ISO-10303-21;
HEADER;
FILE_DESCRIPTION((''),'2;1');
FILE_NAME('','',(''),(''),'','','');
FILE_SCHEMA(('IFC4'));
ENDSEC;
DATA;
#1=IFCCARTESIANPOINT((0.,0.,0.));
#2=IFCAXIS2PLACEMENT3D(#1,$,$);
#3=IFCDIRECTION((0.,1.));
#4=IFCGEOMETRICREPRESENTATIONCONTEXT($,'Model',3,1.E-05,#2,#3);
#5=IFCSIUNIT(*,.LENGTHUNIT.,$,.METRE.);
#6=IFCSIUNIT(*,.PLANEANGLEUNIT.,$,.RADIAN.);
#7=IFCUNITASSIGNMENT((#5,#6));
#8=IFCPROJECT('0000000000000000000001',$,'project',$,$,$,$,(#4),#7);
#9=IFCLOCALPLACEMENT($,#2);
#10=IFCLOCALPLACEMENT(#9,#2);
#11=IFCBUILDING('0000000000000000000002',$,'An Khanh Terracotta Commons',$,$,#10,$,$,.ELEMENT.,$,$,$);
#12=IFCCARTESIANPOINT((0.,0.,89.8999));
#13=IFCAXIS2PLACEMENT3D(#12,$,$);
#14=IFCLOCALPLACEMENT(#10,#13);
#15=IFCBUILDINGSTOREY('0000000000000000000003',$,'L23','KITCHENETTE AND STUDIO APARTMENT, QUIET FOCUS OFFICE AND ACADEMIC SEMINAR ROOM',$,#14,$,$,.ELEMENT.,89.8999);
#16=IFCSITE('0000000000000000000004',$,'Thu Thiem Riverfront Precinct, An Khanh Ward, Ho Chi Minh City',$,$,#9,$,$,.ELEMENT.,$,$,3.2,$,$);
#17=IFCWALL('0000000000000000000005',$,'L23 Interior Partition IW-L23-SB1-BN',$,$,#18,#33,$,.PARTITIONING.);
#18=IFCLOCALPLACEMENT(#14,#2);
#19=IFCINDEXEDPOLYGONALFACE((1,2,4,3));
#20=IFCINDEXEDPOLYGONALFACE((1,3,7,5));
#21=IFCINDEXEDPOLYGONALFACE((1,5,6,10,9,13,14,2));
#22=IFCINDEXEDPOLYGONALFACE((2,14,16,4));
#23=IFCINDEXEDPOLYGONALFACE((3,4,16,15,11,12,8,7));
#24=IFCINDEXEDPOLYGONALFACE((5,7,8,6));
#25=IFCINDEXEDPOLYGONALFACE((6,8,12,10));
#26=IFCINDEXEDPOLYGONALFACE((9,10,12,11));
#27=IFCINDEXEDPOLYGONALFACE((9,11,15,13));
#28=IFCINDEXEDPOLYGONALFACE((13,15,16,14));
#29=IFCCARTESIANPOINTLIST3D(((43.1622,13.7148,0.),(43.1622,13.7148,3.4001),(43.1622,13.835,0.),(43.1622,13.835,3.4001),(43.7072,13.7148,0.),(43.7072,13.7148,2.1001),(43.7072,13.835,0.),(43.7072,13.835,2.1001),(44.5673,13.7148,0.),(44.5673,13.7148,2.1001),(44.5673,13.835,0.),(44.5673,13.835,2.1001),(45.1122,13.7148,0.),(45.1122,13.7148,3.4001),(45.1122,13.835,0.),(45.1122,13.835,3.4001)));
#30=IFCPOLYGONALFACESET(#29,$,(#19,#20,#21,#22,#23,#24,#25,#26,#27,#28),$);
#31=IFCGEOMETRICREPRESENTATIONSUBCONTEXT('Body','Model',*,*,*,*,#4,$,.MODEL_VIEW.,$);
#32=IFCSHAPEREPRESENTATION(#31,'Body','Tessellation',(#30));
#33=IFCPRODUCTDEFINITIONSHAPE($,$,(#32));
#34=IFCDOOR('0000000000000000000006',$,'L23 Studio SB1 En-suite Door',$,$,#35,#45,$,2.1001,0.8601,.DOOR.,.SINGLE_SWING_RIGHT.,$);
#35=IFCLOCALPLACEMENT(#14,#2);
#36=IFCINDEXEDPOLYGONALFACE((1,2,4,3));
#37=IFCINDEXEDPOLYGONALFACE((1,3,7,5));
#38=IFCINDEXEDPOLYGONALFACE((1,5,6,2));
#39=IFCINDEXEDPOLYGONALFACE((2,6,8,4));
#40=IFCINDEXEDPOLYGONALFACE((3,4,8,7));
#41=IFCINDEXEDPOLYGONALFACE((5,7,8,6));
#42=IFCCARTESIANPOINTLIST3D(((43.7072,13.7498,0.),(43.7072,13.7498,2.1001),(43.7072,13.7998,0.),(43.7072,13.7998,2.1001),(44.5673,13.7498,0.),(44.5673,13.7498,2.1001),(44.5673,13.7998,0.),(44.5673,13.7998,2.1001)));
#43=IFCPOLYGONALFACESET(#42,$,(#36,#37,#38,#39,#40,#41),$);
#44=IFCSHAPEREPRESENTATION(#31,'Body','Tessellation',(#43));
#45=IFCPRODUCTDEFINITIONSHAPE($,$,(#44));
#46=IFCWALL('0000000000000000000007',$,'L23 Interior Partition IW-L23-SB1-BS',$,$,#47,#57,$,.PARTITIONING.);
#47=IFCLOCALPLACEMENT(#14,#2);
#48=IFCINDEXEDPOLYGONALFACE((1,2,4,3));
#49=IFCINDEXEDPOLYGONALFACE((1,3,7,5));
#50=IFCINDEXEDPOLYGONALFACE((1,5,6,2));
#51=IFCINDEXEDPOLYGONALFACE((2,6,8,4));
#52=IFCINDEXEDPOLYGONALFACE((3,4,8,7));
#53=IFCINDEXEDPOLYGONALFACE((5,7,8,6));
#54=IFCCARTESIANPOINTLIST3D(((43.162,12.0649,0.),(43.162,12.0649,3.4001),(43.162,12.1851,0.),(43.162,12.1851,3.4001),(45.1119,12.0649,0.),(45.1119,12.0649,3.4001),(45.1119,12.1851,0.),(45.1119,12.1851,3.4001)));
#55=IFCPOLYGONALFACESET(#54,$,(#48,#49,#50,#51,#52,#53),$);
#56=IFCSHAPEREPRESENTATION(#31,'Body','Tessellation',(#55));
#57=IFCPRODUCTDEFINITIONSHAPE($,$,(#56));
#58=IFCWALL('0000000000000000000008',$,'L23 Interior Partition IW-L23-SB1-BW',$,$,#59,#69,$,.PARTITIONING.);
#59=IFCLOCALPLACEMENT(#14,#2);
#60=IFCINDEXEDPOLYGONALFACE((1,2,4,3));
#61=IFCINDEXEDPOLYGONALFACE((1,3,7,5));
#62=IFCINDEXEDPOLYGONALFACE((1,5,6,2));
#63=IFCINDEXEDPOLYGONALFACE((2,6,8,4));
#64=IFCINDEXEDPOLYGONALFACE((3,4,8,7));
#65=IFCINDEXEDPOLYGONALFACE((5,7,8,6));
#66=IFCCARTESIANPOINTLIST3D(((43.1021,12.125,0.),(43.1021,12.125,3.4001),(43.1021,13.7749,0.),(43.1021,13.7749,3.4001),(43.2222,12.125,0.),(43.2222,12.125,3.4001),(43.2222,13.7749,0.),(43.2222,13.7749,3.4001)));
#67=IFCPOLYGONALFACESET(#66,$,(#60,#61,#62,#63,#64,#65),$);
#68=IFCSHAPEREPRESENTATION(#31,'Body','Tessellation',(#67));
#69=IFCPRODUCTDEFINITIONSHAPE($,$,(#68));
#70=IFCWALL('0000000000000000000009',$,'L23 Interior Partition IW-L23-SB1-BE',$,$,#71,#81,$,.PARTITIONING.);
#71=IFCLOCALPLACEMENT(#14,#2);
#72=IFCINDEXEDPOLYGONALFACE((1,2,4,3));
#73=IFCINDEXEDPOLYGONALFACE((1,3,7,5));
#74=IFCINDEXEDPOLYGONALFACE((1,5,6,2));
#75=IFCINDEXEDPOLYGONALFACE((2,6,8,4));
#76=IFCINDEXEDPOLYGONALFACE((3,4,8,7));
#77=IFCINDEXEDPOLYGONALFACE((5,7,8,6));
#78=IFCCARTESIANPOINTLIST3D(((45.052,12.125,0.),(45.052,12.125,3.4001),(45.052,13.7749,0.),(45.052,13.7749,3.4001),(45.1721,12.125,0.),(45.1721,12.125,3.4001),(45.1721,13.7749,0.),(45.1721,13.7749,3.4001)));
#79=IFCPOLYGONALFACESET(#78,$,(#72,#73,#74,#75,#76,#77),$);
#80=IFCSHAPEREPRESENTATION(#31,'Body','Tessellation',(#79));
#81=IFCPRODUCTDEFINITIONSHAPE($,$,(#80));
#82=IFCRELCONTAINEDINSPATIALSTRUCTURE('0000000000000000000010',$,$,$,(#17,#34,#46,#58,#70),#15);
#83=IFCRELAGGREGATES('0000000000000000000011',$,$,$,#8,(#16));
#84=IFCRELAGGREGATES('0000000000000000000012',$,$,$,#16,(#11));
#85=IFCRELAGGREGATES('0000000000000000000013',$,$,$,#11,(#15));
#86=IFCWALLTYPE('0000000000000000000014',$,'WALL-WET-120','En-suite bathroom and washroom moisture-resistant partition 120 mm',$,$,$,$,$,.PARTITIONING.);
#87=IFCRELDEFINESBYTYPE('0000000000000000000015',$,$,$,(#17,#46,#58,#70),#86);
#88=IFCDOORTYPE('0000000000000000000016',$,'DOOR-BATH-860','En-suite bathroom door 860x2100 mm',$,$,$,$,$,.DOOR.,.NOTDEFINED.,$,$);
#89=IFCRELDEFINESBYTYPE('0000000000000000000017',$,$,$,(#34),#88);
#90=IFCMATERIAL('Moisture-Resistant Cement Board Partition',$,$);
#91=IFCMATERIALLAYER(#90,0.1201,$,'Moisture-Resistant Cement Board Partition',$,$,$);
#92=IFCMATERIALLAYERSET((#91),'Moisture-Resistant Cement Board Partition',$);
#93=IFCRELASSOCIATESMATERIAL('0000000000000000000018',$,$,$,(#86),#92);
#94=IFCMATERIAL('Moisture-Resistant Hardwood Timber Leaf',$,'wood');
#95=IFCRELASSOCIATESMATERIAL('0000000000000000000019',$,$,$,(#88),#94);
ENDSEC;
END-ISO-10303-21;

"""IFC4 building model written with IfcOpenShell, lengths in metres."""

from ifc_helpers import new_model, si_unit, direction, frame, frame_2d, origin, place, context, subcontext, project, spatial, rectangle, extrude, material, layer, layer_set, type_object, element, fill, save


model = new_model("IFC4")

# Units and contexts
model_context = context("Model", 3, precision=1e-05, world=origin(), true_north=direction((0.0, 1.0)))
body_context = subcontext(model_context, "Body", "Model", "MODEL_VIEW")
ifc_project = project(units=[si_unit("LENGTHUNIT", "METRE"), si_unit("PLANEANGLEUNIT", "RADIAN")], contexts=[model_context])

# Site, building, storey
site_placement = place(None, origin())
site = spatial("IfcSite", under=ifc_project, at=site_placement, Name="Thu Thiem Riverfront Precinct, An Khanh Ward, Ho Chi Minh City", CompositionType="ELEMENT", RefElevation=3.2)
building_placement = place(site_placement, origin())
building = spatial("IfcBuilding", under=site, at=building_placement, Name="An Khanh Terracotta Commons", CompositionType="ELEMENT")
storey_placement = place(building_placement, frame((0.0, 0.0, 89.8999)))
storey = spatial("IfcBuildingStorey", under=building, at=storey_placement, Name="L23", Description="KITCHENETTE AND STUDIO APARTMENT, QUIET FOCUS OFFICE AND ACADEMIC SEMINAR ROOM", CompositionType="ELEMENT", Elevation=89.8999)

# Wall, opening, door
ifc_material_1 = material(Name="Moisture-Resistant Cement Board Partition")
ifc_layer_1 = layer(ifc_material_1, 0.1201, Name="Moisture-Resistant Cement Board Partition")
ifc_layer_set_1 = layer_set([ifc_layer_1], Name="Moisture-Resistant Cement Board Partition")
wall_type_1 = type_object("IfcWallType", Name="WALL-WET-120", Description="En-suite bathroom and washroom moisture-resistant partition 120 mm", PredefinedType="PARTITIONING", material=ifc_layer_set_1)
wall_1_placement = place(storey_placement, frame((43.1621, 13.7749, 0.0), z_axis=(0.0, 0.0, 1.0), x_axis=(1.0, 0.0, 0.0)))
wall_1 = element("IfcWall", 1, at=wall_1_placement, inside=storey, type_object=wall_type_1, Name="L23 Interior Partition IW-L23-SB1-BN", PredefinedType="PARTITIONING", context=body_context, shape_type="SweptSolid", body=[
    extrude(rectangle(XDim=1.95, YDim=0.1201, at=frame_2d((0.9751, 0.0))), origin(), (0.0, 0.0, 1.0), 3.4001),
])
opening_1_placement = place(wall_1_placement, frame((0.5449, 0.0, 0.0)))
opening_1 = element("IfcOpeningElement", 2, at=opening_1_placement, cuts=wall_1, PredefinedType="OPENING", context=body_context, shape_type="SweptSolid", body=[
    extrude(rectangle(XDim=0.8601, YDim=2.1001, at=frame_2d((0.4302, 1.05))), frame((0.0, 0.0701, 0.0), z_axis=(0.0, -1.0, 0.0), x_axis=(1.0, 0.0, 0.0)), (0.0, 0.0, 1.0), 0.1401),
])
ifc_material_2 = material(Name="Moisture-Resistant Hardwood Timber Leaf", Category="wood")
door_type_1 = type_object("IfcDoorType", Name="DOOR-BATH-860", Description="En-suite bathroom door 860x2100 mm", OperationType="NOTDEFINED", PredefinedType="DOOR", material=ifc_material_2)
door_1_placement = place(opening_1_placement, origin())
door_1 = element("IfcDoor", 3, at=door_1_placement, inside=storey, type_object=door_type_1, Name="L23 Studio SB1 En-suite Door", OperationType="SINGLE_SWING_RIGHT", OverallHeight=2.1001, OverallWidth=0.8601, PredefinedType="DOOR", context=body_context, shape_type="SweptSolid", body=[
    extrude(rectangle(XDim=0.8601, YDim=2.1001, at=frame_2d((0.4302, 1.05))), frame((0.0, 0.0249, 0.0), z_axis=(0.0, -1.0, 0.0), x_axis=(1.0, 0.0, 0.0)), (0.0, 0.0, 1.0), 0.05),
])
fill(opening_1, door_1)

# Walls
wall_2_placement = place(storey_placement, frame((45.1121, 12.125, 0.0), z_axis=(0.0, 0.0, 1.0), x_axis=(-1.0, 0.0, 0.0)))
element("IfcWall", 4, at=wall_2_placement, inside=storey, type_object=wall_type_1, Name="L23 Interior Partition IW-L23-SB1-BS", PredefinedType="PARTITIONING", context=body_context, shape_type="SweptSolid", body=[
    extrude(rectangle(XDim=1.95, YDim=0.1201, at=frame_2d((0.9751, 0.0))), origin(), (0.0, 0.0, 1.0), 3.4001),
])
for number, where, z_axis, x_axis, name in (
    (5, (43.1621, 13.7749, 0.0), (0.0, 0.0, 1.0), (0.0, -1.0, 0.0), "L23 Interior Partition IW-L23-SB1-BW"),
    (6, (45.1121, 12.125, 0.0), (0.0, 0.0, 1.0), (0.0, 1.0, 0.0), "L23 Interior Partition IW-L23-SB1-BE"),
):
    element("IfcWall", number, at=place(storey_placement, frame(where, z_axis=z_axis, x_axis=x_axis)), inside=storey, type_object=wall_type_1, Name=name, PredefinedType="PARTITIONING", context=body_context, shape_type="SweptSolid", body=[
        extrude(rectangle(XDim=1.6499, YDim=0.1201, at=frame_2d((0.825, 0.0))), origin(), (0.0, 0.0, 1.0), 3.4001),
    ])

save(model, "model.ifc")
